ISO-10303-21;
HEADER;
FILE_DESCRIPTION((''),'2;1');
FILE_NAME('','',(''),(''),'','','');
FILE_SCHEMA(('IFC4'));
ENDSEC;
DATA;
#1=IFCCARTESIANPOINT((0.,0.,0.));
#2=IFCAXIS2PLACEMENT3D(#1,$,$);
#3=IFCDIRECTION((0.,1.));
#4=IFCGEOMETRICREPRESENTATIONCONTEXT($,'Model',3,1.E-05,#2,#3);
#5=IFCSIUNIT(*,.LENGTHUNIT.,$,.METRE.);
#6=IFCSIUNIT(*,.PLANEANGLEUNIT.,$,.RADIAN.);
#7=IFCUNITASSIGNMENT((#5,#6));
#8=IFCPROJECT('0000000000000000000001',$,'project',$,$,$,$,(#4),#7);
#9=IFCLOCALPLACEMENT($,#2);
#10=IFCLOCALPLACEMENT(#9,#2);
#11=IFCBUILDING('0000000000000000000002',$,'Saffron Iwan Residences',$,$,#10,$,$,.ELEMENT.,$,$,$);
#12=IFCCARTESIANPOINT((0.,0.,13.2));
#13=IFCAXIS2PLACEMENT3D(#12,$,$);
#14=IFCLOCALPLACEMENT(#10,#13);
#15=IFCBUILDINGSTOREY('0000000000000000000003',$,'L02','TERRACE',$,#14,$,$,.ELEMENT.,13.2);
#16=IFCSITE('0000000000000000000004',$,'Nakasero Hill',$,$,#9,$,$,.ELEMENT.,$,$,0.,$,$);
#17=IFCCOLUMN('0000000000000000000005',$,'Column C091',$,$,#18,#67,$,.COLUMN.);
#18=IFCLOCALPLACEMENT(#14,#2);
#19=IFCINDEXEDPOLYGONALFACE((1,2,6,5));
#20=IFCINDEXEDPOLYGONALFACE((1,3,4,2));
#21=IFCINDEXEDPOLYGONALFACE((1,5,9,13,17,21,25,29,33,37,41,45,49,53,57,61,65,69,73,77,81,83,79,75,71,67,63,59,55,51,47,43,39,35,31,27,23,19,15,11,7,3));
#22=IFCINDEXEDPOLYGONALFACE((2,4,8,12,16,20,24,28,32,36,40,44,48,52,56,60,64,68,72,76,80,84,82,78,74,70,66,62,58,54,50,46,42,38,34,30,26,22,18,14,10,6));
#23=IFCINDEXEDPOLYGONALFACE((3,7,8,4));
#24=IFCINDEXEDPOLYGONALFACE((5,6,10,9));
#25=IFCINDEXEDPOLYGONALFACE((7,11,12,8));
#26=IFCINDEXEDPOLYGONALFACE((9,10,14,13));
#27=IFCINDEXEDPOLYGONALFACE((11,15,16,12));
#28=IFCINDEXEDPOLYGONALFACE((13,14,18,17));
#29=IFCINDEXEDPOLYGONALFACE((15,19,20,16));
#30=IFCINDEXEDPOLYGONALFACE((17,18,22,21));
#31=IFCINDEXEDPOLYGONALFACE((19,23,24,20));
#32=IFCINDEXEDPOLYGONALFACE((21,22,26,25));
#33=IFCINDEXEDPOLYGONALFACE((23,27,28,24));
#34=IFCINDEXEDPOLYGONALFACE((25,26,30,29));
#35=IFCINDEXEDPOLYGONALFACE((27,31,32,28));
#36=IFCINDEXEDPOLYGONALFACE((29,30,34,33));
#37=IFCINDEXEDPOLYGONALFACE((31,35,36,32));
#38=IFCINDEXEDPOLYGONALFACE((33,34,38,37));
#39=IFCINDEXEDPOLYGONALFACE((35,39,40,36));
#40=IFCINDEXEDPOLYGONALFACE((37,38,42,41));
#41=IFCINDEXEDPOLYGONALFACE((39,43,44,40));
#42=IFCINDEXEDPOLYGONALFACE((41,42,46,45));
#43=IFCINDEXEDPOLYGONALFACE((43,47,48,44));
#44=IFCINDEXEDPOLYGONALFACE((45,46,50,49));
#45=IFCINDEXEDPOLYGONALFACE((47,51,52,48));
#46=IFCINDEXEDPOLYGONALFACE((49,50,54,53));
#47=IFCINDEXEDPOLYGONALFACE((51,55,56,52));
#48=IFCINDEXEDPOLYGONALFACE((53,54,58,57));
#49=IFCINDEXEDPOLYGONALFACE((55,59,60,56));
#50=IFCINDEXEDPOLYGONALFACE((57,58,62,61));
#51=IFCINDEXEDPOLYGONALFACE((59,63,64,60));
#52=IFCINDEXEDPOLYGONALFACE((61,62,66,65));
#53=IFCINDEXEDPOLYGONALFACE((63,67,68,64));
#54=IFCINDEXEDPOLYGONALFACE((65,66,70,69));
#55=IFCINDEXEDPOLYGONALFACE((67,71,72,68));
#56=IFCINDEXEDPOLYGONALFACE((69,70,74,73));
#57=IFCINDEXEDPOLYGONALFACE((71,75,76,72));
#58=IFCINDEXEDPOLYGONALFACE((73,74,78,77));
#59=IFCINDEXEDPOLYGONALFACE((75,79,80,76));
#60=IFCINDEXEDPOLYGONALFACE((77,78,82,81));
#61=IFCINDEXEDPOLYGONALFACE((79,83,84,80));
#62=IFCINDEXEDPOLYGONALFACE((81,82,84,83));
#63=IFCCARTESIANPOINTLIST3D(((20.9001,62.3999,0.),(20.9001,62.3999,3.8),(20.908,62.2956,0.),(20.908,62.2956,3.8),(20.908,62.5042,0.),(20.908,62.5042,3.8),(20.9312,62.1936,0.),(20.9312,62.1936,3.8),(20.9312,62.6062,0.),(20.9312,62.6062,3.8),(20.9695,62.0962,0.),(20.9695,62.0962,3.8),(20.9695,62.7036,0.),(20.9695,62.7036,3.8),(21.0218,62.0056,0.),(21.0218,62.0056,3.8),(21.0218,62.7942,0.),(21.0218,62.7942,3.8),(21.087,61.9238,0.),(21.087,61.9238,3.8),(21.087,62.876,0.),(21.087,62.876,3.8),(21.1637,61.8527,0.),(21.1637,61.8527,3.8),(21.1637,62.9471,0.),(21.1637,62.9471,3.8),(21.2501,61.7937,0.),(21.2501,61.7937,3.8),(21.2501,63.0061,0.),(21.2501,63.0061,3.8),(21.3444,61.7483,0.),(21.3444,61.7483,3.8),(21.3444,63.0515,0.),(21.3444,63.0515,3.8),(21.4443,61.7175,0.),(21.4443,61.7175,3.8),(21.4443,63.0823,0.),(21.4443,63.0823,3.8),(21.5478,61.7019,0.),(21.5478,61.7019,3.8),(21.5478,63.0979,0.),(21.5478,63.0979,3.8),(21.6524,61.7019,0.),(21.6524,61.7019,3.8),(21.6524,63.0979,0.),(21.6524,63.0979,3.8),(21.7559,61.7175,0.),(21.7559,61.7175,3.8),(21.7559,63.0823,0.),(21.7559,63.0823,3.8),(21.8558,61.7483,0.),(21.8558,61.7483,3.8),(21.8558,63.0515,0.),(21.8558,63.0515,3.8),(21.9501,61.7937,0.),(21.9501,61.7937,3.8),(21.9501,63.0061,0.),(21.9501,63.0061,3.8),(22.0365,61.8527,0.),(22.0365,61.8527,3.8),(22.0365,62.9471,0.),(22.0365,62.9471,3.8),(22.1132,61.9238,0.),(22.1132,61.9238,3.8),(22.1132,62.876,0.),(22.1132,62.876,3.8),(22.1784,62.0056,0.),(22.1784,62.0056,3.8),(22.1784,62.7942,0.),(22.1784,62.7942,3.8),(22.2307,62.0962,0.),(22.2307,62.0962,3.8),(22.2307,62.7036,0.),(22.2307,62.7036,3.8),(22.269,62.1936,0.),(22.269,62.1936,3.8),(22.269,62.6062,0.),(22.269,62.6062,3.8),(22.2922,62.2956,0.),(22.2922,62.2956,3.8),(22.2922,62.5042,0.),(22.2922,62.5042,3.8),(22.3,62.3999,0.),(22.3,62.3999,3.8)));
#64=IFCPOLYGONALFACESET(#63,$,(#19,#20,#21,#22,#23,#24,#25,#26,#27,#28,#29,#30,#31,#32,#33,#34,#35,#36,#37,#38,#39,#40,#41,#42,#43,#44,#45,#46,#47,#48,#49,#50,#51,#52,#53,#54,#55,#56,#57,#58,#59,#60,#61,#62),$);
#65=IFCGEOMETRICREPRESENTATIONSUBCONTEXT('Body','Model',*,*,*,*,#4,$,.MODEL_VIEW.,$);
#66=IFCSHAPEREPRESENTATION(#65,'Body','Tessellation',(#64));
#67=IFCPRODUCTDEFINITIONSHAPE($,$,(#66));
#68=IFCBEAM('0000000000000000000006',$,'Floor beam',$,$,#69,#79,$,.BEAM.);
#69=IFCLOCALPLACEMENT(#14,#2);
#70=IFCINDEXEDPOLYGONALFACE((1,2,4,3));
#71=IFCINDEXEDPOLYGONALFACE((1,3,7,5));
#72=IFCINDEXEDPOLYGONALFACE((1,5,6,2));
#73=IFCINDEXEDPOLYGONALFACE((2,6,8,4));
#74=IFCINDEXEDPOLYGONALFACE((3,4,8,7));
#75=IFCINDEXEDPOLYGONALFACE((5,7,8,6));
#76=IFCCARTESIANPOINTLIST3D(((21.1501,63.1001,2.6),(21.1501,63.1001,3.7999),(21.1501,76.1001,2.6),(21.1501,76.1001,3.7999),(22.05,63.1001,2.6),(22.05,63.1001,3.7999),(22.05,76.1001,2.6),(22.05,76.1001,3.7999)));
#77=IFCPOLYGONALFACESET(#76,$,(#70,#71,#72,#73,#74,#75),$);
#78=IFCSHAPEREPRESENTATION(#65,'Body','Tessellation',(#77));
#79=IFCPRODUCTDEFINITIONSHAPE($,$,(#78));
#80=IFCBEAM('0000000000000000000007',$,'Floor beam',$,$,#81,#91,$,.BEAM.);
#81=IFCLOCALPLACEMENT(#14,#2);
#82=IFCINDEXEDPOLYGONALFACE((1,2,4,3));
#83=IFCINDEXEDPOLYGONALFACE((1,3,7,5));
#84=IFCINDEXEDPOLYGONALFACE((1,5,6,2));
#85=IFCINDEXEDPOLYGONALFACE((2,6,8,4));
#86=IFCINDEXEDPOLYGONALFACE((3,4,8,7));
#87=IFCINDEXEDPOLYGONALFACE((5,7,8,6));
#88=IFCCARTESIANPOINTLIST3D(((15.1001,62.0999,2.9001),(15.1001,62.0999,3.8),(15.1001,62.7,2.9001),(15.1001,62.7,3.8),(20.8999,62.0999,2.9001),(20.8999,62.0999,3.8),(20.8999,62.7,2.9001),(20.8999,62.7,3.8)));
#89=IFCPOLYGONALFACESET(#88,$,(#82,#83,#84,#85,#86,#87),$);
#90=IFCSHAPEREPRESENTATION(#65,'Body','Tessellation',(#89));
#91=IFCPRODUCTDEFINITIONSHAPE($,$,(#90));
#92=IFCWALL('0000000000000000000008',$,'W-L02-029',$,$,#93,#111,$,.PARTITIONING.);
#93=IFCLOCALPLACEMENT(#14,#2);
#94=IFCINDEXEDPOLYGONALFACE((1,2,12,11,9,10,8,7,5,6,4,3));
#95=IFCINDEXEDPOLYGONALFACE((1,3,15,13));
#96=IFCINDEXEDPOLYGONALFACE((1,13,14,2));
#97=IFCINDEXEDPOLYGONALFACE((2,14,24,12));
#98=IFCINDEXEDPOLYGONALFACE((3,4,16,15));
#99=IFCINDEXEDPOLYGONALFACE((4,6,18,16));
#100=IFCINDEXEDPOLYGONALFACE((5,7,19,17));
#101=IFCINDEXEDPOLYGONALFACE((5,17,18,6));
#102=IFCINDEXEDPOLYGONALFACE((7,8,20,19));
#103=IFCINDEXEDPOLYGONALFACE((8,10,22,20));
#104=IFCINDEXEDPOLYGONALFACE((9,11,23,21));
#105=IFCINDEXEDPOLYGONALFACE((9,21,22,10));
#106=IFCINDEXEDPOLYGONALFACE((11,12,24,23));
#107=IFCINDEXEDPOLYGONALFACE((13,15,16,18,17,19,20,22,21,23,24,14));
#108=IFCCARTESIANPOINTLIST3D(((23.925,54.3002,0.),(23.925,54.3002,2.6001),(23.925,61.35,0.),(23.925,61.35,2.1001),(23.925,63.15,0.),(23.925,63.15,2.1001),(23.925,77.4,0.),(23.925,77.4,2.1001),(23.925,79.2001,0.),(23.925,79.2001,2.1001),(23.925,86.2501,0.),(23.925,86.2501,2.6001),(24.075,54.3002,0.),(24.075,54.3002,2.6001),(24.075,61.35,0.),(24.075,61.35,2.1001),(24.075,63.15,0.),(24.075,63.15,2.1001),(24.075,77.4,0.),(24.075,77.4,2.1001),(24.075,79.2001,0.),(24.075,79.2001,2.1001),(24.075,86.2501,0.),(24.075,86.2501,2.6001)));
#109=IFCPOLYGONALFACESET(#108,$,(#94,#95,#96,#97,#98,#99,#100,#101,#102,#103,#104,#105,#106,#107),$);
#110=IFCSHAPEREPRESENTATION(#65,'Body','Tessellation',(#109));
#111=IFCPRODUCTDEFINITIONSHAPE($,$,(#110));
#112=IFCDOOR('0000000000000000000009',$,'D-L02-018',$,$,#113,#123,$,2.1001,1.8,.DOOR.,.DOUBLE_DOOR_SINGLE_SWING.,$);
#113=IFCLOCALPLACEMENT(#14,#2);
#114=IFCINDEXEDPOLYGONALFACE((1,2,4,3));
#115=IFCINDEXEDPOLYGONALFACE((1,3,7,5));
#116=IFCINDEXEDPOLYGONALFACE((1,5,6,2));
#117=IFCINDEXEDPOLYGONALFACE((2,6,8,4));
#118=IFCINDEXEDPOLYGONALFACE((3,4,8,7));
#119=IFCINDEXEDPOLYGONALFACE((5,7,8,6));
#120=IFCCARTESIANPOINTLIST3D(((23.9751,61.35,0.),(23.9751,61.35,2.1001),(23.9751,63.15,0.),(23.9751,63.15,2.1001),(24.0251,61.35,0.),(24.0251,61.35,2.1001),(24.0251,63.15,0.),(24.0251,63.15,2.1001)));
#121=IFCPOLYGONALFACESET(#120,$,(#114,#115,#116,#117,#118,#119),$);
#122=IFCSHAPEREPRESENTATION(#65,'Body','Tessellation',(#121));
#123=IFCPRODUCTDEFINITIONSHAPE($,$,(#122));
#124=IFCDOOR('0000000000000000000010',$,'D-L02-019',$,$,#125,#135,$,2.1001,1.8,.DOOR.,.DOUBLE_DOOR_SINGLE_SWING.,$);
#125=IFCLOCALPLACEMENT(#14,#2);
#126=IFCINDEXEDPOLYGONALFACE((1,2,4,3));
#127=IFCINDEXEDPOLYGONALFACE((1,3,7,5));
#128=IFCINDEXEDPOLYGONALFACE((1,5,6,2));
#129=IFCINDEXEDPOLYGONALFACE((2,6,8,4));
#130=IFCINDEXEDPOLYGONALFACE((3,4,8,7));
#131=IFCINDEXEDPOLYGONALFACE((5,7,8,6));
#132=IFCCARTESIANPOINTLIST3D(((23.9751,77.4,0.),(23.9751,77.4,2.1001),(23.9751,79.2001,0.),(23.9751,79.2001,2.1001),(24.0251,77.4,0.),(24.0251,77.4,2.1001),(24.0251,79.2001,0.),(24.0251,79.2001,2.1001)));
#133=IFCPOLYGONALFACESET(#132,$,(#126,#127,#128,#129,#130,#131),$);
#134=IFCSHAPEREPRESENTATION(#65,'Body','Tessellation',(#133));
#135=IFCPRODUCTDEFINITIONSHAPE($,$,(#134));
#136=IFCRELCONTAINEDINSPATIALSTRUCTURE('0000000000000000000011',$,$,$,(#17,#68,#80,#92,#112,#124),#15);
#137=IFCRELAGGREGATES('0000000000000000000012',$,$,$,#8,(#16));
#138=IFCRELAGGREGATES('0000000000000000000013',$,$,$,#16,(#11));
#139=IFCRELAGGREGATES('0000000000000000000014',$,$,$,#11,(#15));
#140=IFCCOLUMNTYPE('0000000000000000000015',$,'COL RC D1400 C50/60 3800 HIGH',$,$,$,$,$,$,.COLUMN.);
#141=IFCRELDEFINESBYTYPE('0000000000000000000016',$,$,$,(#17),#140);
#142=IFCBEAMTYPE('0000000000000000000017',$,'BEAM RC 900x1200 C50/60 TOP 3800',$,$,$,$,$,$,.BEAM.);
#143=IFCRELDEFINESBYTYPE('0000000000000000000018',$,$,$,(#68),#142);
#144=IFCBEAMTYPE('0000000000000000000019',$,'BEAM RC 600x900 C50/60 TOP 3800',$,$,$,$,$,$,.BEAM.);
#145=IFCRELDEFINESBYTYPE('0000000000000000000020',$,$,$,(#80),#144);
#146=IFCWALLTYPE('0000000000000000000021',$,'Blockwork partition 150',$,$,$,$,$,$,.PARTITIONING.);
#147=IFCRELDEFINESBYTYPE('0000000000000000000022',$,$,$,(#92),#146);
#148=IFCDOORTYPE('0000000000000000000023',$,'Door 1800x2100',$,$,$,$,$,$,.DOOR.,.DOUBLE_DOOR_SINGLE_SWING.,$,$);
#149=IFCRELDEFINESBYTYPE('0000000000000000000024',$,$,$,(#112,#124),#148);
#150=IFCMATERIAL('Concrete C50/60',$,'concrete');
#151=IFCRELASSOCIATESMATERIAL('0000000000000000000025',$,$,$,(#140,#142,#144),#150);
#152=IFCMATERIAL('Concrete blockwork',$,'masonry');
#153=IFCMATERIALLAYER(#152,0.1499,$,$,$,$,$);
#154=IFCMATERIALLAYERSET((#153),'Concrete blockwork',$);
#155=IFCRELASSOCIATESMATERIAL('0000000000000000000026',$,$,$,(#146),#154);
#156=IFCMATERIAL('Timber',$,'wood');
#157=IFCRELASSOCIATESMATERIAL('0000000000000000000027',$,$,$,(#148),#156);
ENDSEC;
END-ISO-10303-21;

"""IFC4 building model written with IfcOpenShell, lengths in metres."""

from ifc_helpers import new_model, si_unit, direction, frame, frame_2d, origin, origin_2d, place, context, subcontext, project, spatial, rectangle, circle, extrude, source, transform, mapped, material, layer, layer_set, material_profile, profile_set, type_object, element, fill, save


model = new_model("IFC4")

# Units and contexts
model_context = context("Model", 3, precision=1e-05, world=origin(), true_north=direction((0.0, 1.0)))
body_context = subcontext(model_context, "Body", "Model", "MODEL_VIEW")
ifc_project = project(units=[si_unit("LENGTHUNIT", "METRE"), si_unit("PLANEANGLEUNIT", "RADIAN")], contexts=[model_context])

# Site, building, storey
site_placement = place(None, origin())
site = spatial("IfcSite", under=ifc_project, at=site_placement, Name="Nakasero Hill", CompositionType="ELEMENT", RefElevation=0.0)
building_placement = place(site_placement, origin())
building = spatial("IfcBuilding", under=site, at=building_placement, Name="Saffron Iwan Residences", CompositionType="ELEMENT")
storey_placement = place(building_placement, frame((0.0, 0.0, 13.2)))
storey = spatial("IfcBuildingStorey", under=building, at=storey_placement, Name="L02", Description="TERRACE", CompositionType="ELEMENT", Elevation=13.2)

# Column
ifc_material_1 = material(Name="Concrete C50/60", Category="concrete")
ifc_material_profile_1 = material_profile(ifc_material_1, circle(Radius=0.7, at=origin_2d()), Name="RC D1400")
ifc_profile_set_1 = profile_set([ifc_material_profile_1], Name="Concrete C50/60")
column_type = type_object("IfcColumnType", Name="COL RC D1400 C50/60 3800 HIGH", PredefinedType="COLUMN", material=ifc_profile_set_1)
shared_shape_1 = source(origin(), body_context, "Body", "SweptSolid", [
    extrude(circle(Radius=0.7, at=origin_2d()), origin(), (0.0, 0.0, 1.0), 3.8),
])
column_placement = place(storey_placement, frame((21.6001, 62.3999, 0.0), z_axis=(0.0, 0.0, 1.0), x_axis=(1.0, 0.0, 0.0)))
element("IfcColumn", 1, at=column_placement, inside=storey, type_object=column_type, Name="Column C091", PredefinedType="COLUMN", context=body_context, shape_type="MappedRepresentation", body=[
    mapped(shared_shape_1, transform((0.0, 0.0, 0.0))),
])

# Beams
ifc_material_profile_2 = material_profile(ifc_material_1, rectangle(XDim=0.8999, YDim=1.2, at=origin_2d()), Name="RC 900x1200")
ifc_profile_set_2 = profile_set([ifc_material_profile_2], Name="Concrete C50/60")
beam_type_1 = type_object("IfcBeamType", Name="BEAM RC 900x1200 C50/60 TOP 3800", PredefinedType="BEAM", material=ifc_profile_set_2)
shared_shape_2 = source(origin(), body_context, "Body", "SweptSolid", [
    extrude(rectangle(XDim=0.8999, YDim=1.2, at=origin_2d()), origin(), (0.0, 0.0, 1.0), 13.0),
])
beam_1_placement = place(storey_placement, frame((21.6001, 63.1001, 3.2), z_axis=(0.0, 1.0, 0.0), x_axis=(-1.0, 0.0, 0.0)))
element("IfcBeam", 2, at=beam_1_placement, inside=storey, type_object=beam_type_1, Name="Floor beam", PredefinedType="BEAM", context=body_context, shape_type="MappedRepresentation", body=[
    mapped(shared_shape_2, transform((0.0, 0.0, 0.0))),
])
ifc_material_profile_3 = material_profile(ifc_material_1, rectangle(XDim=0.6001, YDim=0.8999, at=origin_2d()), Name="RC 600x900")
ifc_profile_set_3 = profile_set([ifc_material_profile_3], Name="Concrete C50/60")
beam_type_2 = type_object("IfcBeamType", Name="BEAM RC 600x900 C50/60 TOP 3800", PredefinedType="BEAM", material=ifc_profile_set_3)
shared_shape_3 = source(origin(), body_context, "Body", "SweptSolid", [
    extrude(rectangle(XDim=0.6001, YDim=0.8999, at=origin_2d()), origin(), (0.0, 0.0, 1.0), 5.7998),
])
beam_2_placement = place(storey_placement, frame((15.1001, 62.3999, 3.3501), z_axis=(1.0, 0.0, 0.0), x_axis=(0.0, 1.0, 0.0)))
element("IfcBeam", 3, at=beam_2_placement, inside=storey, type_object=beam_type_2, Name="Floor beam", PredefinedType="BEAM", context=body_context, shape_type="MappedRepresentation", body=[
    mapped(shared_shape_3, transform((0.0, 0.0, 0.0))),
])

# Wall, openings, doors
ifc_material_2 = material(Name="Concrete blockwork", Category="masonry")
ifc_layer_1 = layer(ifc_material_2, 0.1499)
ifc_layer_set_1 = layer_set([ifc_layer_1], Name="Concrete blockwork")
wall_type_1 = type_object("IfcWallType", Name="Blockwork partition 150", PredefinedType="PARTITIONING", material=ifc_layer_set_1)
wall_1_placement = place(storey_placement, frame((24.0, 54.3, 0.0), z_axis=(0.0, 0.0, 1.0), x_axis=(0.0, 1.0, 0.0)))
wall_1 = element("IfcWall", 4, at=wall_1_placement, inside=storey, type_object=wall_type_1, Name="W-L02-029", PredefinedType="PARTITIONING", context=body_context, shape_type="SweptSolid", body=[
    extrude(rectangle(XDim=31.95, YDim=0.1499, at=frame_2d((15.9751, 0.0))), origin(), (0.0, 0.0, 1.0), 2.6001),
])
opening_1_placement = place(wall_1_placement, frame((7.05, 0.0, 0.0)))
opening_1 = element("IfcOpeningElement", 5, at=opening_1_placement, cuts=wall_1, PredefinedType="OPENING", context=body_context, shape_type="SweptSolid", body=[
    extrude(rectangle(XDim=1.8, YDim=2.1001, at=frame_2d((0.8999, 1.05))), frame((0.0, 0.085, 0.0), z_axis=(0.0, -1.0, 0.0), x_axis=(1.0, 0.0, 0.0)), (0.0, 0.0, 1.0), 0.1699),
])
opening_2_placement = place(wall_1_placement, frame((23.1001, 0.0, 0.0)))
opening_2 = element("IfcOpeningElement", 6, at=opening_2_placement, cuts=wall_1, PredefinedType="OPENING", context=body_context, shape_type="SweptSolid", body=[
    extrude(rectangle(XDim=1.8, YDim=2.1001, at=frame_2d((0.8999, 1.05))), frame((0.0, 0.085, 0.0), z_axis=(0.0, -1.0, 0.0), x_axis=(1.0, 0.0, 0.0)), (0.0, 0.0, 1.0), 0.1699),
])
ifc_material_3 = material(Name="Timber", Category="wood")
door_type_1 = type_object("IfcDoorType", Name="Door 1800x2100", OperationType="DOUBLE_DOOR_SINGLE_SWING", PredefinedType="DOOR", material=ifc_material_3)
door_1_placement = place(opening_1_placement, origin())
door_1 = element("IfcDoor", 7, at=door_1_placement, inside=storey, type_object=door_type_1, Name="D-L02-018", OperationType="DOUBLE_DOOR_SINGLE_SWING", OverallHeight=2.1001, OverallWidth=1.8, PredefinedType="DOOR", context=body_context, shape_type="SweptSolid", body=[
    extrude(rectangle(XDim=1.8, YDim=2.1001, at=frame_2d((0.8999, 1.05))), frame((0.0, 0.0249, 0.0), z_axis=(0.0, -1.0, 0.0), x_axis=(1.0, 0.0, 0.0)), (0.0, 0.0, 1.0), 0.05),
])
fill(opening_1, door_1)
door_2_placement = place(opening_2_placement, origin())
door_2 = element("IfcDoor", 8, at=door_2_placement, inside=storey, type_object=door_type_1, Name="D-L02-019", OperationType="DOUBLE_DOOR_SINGLE_SWING", OverallHeight=2.1001, OverallWidth=1.8, PredefinedType="DOOR", context=body_context, shape_type="SweptSolid", body=[
    extrude(rectangle(XDim=1.8, YDim=2.1001, at=frame_2d((0.8999, 1.05))), frame((0.0, 0.0249, 0.0), z_axis=(0.0, -1.0, 0.0), x_axis=(1.0, 0.0, 0.0)), (0.0, 0.0, 1.0), 0.05),
])
fill(opening_2, door_2)

save(model, "model.ifc")
